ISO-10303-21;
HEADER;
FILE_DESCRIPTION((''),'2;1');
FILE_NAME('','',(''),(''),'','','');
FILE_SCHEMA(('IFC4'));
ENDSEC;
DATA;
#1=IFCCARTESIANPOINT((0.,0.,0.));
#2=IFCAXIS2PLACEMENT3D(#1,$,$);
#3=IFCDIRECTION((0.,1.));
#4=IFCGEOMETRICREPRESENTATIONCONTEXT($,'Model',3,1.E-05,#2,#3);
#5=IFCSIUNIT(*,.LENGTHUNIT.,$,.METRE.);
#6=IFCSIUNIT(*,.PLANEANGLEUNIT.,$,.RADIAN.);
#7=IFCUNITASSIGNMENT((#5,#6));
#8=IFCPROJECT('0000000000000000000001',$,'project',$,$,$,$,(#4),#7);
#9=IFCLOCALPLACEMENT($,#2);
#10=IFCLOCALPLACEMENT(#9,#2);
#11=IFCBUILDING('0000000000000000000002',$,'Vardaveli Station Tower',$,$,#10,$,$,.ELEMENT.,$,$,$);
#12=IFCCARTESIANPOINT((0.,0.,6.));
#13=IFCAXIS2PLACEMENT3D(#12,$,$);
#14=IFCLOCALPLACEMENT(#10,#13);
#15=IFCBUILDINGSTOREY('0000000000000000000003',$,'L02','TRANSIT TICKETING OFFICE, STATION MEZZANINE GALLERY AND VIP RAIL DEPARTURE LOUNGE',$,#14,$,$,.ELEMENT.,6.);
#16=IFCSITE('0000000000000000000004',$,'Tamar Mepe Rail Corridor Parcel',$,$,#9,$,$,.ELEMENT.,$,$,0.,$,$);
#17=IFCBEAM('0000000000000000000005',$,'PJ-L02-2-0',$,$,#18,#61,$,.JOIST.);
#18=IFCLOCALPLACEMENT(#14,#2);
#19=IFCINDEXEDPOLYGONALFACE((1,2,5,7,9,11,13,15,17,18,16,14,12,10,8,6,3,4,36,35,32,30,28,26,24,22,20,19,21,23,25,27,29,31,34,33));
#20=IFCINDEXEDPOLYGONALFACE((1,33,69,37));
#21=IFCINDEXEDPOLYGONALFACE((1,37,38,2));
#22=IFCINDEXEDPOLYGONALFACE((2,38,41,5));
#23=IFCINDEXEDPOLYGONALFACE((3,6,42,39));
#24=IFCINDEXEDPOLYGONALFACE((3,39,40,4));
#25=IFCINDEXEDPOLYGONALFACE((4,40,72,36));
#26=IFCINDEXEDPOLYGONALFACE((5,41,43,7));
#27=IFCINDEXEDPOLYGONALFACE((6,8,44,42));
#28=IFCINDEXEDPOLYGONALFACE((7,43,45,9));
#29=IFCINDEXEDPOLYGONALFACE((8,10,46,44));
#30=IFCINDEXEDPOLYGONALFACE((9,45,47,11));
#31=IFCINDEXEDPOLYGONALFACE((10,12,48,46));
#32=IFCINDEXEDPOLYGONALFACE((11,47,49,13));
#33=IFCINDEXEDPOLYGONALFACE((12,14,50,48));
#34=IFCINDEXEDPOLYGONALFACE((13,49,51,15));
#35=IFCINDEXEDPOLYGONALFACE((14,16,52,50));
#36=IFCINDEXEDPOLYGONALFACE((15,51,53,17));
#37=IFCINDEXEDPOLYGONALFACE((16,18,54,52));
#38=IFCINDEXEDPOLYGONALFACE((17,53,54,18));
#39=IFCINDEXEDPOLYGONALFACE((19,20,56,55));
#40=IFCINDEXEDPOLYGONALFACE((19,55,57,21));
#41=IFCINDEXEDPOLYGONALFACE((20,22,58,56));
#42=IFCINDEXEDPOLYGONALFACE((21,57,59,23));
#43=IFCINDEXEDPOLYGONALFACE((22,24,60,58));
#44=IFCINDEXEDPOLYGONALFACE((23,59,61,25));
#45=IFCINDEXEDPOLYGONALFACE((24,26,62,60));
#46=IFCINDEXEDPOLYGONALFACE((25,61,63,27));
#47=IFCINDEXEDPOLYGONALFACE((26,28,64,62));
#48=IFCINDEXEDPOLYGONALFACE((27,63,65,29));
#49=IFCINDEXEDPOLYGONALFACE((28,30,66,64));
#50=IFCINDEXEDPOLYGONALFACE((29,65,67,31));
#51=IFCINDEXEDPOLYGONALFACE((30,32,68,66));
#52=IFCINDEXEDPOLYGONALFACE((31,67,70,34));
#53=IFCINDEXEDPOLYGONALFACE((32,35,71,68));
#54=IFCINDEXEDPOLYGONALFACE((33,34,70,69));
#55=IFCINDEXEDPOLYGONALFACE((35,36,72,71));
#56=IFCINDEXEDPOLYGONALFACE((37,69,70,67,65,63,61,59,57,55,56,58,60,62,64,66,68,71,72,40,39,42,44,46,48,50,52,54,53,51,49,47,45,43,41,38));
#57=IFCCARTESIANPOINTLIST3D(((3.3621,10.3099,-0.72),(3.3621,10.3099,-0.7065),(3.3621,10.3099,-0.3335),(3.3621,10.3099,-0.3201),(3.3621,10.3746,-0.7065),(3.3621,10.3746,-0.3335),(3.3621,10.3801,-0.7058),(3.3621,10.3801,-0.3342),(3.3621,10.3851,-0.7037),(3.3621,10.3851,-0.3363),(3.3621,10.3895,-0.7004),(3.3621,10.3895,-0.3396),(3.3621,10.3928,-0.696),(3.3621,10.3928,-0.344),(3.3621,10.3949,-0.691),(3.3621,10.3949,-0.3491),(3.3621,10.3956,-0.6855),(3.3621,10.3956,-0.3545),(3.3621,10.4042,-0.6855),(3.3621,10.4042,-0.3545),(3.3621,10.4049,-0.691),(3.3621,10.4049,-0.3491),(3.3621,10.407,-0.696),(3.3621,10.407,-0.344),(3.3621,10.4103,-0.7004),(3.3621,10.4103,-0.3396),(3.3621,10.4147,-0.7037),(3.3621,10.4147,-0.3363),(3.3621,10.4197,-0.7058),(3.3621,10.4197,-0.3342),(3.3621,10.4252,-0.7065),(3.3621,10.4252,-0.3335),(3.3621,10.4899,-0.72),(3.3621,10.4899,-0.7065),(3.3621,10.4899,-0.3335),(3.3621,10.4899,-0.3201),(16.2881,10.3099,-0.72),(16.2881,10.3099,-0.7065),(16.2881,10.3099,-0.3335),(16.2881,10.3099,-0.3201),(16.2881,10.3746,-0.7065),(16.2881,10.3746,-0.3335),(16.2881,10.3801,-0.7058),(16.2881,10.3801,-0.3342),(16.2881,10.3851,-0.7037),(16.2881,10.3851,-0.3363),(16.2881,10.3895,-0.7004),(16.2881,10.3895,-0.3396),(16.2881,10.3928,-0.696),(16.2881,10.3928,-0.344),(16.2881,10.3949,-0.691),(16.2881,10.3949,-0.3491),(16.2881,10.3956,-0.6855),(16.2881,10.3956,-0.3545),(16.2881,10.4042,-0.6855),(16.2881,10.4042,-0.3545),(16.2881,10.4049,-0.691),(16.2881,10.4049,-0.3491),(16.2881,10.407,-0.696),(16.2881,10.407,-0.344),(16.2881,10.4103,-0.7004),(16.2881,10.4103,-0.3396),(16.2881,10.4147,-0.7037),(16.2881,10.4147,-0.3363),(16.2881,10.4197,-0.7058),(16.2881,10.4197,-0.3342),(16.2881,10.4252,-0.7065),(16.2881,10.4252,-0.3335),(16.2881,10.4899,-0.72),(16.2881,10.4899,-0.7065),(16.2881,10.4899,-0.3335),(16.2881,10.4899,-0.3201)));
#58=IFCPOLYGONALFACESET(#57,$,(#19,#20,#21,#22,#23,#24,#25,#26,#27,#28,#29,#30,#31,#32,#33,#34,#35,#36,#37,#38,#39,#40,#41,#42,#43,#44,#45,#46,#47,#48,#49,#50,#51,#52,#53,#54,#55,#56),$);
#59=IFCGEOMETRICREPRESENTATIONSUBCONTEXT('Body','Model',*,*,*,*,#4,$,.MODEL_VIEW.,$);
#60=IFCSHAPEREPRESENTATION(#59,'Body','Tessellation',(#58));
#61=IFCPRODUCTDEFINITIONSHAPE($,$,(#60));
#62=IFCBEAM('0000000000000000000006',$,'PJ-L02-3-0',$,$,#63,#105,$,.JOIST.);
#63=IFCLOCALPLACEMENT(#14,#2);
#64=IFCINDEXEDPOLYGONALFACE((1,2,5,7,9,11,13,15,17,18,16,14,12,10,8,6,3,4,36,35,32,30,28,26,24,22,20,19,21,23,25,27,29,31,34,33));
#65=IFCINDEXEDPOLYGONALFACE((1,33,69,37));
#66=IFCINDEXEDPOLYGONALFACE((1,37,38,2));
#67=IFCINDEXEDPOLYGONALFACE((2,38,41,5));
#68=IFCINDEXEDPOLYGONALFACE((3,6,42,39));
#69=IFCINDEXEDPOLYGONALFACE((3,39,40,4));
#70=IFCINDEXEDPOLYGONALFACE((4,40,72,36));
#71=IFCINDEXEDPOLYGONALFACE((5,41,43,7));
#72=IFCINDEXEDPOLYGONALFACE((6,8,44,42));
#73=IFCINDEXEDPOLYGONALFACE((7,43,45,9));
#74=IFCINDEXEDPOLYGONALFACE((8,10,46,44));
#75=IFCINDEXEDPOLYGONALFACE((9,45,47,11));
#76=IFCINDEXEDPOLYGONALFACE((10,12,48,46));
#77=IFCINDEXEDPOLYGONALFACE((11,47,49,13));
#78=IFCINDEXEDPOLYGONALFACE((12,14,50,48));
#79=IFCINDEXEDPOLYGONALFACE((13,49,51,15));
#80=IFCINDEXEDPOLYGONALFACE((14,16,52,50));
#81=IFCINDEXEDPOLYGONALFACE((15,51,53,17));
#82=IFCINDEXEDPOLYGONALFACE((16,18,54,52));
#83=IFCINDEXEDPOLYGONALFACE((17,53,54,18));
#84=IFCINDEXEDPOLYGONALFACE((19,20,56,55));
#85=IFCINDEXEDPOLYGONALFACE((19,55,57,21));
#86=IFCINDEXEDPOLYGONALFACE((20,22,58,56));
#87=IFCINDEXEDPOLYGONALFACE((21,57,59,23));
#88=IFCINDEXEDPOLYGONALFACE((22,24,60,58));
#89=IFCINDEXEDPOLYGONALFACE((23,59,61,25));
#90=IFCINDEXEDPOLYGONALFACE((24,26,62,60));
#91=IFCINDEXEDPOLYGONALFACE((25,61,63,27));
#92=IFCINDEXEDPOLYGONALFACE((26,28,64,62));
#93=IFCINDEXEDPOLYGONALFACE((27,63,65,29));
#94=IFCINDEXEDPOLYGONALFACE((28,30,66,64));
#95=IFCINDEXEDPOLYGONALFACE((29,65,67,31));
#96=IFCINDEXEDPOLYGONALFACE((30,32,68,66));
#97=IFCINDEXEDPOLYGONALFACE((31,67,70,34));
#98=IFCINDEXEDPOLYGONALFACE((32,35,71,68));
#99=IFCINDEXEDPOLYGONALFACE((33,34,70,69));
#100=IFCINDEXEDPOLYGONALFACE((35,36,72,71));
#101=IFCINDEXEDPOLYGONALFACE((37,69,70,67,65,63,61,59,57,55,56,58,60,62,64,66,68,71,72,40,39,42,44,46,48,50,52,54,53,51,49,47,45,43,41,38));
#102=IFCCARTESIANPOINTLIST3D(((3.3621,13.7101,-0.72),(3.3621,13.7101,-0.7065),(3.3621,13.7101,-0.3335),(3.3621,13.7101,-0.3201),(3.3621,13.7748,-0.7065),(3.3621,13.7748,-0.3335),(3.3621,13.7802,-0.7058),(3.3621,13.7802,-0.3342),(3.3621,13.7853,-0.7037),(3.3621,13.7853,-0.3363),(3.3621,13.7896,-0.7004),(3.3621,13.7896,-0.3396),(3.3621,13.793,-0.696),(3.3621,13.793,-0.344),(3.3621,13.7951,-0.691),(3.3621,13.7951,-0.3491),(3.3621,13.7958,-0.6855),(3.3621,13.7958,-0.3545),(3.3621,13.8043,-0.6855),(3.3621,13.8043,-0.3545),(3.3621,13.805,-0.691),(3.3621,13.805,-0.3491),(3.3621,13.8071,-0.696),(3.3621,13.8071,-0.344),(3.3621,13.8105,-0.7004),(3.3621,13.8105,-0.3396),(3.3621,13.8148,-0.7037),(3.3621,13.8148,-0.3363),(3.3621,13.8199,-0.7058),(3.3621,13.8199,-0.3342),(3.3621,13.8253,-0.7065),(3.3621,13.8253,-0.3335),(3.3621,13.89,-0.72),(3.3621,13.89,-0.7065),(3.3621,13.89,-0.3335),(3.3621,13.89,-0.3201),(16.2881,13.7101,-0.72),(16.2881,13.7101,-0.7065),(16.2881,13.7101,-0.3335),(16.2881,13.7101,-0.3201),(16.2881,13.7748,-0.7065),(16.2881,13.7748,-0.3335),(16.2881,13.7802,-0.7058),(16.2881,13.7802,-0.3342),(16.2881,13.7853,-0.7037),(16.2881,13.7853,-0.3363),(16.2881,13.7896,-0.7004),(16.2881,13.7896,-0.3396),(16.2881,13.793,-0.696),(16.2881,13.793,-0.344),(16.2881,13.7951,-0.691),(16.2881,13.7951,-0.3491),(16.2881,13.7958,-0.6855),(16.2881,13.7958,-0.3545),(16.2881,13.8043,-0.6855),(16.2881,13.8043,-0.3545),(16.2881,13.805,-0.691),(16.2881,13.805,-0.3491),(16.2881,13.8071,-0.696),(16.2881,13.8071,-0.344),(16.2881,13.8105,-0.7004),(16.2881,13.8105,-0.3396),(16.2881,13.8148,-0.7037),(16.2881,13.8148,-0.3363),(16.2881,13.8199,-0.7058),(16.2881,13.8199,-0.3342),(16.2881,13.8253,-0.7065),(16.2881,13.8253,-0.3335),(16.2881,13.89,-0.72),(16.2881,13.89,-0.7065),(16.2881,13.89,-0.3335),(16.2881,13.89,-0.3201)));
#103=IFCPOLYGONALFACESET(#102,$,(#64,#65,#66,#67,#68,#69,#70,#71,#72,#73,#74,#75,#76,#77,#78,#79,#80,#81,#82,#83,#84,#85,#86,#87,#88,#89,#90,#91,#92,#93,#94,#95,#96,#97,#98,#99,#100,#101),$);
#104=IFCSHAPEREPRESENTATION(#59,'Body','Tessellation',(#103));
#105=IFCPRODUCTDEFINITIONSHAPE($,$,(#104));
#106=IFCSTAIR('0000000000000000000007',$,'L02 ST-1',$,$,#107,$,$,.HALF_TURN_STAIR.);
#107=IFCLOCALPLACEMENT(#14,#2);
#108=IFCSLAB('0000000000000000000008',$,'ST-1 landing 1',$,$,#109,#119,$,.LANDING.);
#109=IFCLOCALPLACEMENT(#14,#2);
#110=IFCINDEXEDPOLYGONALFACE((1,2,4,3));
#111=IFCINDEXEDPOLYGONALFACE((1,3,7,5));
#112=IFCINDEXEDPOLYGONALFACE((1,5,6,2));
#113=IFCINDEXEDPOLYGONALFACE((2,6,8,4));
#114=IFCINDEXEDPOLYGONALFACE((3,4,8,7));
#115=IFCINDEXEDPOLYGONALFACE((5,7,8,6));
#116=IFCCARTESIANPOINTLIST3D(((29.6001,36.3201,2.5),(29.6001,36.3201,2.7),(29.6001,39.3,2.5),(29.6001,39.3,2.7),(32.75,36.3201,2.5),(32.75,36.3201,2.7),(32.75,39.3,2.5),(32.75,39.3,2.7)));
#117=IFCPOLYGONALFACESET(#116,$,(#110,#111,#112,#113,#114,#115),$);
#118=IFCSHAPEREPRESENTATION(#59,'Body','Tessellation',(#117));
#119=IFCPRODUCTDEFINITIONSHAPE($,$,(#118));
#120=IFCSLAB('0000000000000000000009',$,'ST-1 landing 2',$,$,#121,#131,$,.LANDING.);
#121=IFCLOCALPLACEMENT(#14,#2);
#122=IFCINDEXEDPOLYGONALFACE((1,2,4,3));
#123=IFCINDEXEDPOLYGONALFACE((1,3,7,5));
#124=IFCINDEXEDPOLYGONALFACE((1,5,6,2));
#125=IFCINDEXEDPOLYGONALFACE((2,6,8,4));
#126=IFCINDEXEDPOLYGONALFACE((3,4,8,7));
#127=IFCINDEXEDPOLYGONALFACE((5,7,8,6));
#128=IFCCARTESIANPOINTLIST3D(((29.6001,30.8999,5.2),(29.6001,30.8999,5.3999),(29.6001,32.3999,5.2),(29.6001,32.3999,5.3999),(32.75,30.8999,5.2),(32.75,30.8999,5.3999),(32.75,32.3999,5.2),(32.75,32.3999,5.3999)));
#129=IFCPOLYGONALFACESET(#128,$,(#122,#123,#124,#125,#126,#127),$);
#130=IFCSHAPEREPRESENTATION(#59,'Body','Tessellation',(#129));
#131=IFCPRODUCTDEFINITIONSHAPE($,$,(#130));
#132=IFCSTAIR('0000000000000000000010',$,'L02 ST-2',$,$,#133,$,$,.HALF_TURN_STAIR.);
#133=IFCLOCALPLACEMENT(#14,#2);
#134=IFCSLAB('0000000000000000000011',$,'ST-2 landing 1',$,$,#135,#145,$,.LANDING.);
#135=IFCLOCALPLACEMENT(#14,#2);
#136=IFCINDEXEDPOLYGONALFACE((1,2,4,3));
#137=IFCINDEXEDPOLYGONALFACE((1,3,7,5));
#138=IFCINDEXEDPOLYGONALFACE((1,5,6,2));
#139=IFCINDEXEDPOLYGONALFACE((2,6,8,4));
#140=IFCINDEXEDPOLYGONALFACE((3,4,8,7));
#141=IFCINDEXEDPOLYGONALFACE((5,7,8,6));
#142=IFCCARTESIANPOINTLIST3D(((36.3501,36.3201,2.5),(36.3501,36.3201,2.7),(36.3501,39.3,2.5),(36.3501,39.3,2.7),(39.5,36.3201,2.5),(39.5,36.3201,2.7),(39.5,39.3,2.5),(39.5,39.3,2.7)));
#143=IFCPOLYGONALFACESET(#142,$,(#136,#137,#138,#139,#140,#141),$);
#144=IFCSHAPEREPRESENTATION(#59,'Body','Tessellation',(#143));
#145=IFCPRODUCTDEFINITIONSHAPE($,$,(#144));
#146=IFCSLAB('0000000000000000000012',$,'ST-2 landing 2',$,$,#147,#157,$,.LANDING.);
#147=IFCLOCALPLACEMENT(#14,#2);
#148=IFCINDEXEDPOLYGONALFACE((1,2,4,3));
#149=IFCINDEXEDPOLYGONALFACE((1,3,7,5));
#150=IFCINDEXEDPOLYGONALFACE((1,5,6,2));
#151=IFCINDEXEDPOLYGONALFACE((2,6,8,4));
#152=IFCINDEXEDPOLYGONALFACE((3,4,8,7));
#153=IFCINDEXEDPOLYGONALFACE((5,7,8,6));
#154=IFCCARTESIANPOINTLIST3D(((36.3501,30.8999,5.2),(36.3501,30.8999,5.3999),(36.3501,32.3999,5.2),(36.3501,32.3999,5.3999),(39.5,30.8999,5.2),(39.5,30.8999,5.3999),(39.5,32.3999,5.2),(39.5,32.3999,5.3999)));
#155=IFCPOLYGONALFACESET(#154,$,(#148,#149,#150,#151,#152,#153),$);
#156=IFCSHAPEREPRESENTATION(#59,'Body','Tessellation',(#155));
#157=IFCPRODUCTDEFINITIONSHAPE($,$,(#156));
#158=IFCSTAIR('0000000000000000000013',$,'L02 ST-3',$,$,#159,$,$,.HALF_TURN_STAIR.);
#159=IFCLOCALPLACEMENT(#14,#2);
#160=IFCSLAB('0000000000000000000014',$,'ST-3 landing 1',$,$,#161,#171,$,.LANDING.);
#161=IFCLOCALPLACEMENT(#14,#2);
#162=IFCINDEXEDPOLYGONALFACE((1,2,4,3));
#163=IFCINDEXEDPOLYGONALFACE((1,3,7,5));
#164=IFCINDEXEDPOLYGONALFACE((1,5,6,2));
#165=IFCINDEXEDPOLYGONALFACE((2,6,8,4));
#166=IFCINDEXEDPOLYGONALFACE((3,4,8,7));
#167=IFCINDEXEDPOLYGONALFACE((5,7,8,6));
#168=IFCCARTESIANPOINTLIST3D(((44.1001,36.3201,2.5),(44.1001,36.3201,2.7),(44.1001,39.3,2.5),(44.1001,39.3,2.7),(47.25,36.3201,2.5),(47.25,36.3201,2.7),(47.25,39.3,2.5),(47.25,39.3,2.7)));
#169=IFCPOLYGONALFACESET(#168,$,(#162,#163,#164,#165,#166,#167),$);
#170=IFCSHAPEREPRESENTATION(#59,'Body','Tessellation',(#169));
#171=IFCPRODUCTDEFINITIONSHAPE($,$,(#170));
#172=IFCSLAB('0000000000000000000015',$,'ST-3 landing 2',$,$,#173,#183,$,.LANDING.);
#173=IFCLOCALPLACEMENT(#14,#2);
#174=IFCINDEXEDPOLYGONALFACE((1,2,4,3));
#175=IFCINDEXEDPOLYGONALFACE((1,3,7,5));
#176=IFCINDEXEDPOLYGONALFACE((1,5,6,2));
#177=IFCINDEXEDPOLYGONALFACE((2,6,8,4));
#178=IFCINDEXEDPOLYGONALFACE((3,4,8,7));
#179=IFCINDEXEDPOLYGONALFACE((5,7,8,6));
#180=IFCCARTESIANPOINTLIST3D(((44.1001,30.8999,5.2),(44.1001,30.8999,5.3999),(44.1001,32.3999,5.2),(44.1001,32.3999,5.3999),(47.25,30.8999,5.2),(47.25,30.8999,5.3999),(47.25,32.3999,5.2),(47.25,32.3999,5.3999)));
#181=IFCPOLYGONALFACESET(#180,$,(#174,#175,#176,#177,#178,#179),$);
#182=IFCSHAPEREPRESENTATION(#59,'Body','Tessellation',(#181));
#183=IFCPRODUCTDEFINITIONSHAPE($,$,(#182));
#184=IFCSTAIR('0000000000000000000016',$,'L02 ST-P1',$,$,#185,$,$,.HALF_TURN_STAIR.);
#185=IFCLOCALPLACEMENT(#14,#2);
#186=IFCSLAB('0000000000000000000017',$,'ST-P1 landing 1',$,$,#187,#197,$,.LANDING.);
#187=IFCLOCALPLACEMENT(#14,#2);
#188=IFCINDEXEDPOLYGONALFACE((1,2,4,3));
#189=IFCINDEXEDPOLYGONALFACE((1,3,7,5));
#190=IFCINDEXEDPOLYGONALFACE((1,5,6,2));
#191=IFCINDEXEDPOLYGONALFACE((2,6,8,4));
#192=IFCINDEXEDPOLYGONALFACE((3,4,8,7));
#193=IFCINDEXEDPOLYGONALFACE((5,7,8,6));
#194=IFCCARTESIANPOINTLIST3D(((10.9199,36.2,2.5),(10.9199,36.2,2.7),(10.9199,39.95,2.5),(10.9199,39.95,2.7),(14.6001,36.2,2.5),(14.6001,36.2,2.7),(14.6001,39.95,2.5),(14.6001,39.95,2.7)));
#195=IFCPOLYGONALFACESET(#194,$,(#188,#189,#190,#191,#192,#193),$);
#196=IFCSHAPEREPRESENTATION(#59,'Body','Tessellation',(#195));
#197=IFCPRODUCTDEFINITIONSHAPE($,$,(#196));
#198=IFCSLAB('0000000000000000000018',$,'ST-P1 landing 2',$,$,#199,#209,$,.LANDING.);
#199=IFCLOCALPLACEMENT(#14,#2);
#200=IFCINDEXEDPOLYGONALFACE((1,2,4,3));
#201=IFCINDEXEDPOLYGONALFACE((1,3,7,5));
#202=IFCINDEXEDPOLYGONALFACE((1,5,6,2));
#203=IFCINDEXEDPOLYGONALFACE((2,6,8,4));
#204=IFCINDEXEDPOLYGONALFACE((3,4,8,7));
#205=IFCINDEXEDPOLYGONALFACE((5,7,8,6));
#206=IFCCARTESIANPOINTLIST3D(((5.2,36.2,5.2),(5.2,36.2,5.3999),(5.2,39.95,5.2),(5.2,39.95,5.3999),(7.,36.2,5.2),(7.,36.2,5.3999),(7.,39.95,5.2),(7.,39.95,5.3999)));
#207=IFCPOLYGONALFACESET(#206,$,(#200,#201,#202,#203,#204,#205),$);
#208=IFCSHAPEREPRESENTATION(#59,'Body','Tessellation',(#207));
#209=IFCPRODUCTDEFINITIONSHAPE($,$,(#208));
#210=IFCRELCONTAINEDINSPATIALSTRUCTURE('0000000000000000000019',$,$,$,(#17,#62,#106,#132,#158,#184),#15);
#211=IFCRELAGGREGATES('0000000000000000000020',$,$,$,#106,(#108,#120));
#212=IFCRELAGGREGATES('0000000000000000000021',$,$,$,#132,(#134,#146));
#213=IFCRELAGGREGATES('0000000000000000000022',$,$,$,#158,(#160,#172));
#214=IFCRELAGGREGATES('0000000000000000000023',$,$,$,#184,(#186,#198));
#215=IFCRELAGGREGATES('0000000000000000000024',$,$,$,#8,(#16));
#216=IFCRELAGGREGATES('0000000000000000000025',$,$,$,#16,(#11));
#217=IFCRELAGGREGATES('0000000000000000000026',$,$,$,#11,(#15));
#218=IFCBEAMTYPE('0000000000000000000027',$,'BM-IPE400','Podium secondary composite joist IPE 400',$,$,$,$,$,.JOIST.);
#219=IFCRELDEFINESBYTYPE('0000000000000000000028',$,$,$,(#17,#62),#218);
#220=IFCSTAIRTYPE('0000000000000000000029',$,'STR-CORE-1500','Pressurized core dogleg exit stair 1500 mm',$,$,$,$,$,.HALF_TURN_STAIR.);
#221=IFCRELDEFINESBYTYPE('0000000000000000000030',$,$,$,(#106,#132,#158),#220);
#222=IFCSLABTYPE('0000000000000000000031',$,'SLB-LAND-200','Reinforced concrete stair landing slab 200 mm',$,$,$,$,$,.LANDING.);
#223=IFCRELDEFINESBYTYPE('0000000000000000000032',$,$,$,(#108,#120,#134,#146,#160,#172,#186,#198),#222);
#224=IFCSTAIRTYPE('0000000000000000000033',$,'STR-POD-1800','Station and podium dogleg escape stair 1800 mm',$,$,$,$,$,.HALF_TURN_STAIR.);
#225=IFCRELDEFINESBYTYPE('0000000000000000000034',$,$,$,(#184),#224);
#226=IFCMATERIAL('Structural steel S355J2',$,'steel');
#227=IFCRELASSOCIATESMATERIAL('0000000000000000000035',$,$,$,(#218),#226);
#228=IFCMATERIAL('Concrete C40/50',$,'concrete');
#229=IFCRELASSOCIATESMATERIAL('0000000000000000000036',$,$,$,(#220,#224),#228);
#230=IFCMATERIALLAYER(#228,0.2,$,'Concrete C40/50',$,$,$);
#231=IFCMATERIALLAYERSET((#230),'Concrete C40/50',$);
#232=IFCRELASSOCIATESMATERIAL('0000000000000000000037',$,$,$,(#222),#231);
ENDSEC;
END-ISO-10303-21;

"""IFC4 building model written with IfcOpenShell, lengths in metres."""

from ifc_helpers import new_model, si_unit, direction, frame, origin, origin_2d, place, context, subcontext, project, spatial, polyline, i_section, outline, extrude, source, transform, mapped, material, layer, layer_set, material_profile, profile_set, type_object, element, aggregate, save


model = new_model("IFC4")

# Units and contexts
model_context = context("Model", 3, precision=1e-05, world=origin(), true_north=direction((0.0, 1.0)))
body_context = subcontext(model_context, "Body", "Model", "MODEL_VIEW")
ifc_project = project(units=[si_unit("LENGTHUNIT", "METRE"), si_unit("PLANEANGLEUNIT", "RADIAN")], contexts=[model_context])

# Site, building, storey
site_placement = place(None, origin())
site = spatial("IfcSite", under=ifc_project, at=site_placement, Name="Tamar Mepe Rail Corridor Parcel", CompositionType="ELEMENT", RefElevation=0.0)
building_placement = place(site_placement, origin())
building = spatial("IfcBuilding", under=site, at=building_placement, Name="Vardaveli Station Tower", CompositionType="ELEMENT")
storey_placement = place(building_placement, frame((0.0, 0.0, 6.0)))
storey = spatial("IfcBuildingStorey", under=building, at=storey_placement, Name="L02", Description="TRANSIT TICKETING OFFICE, STATION MEZZANINE GALLERY AND VIP RAIL DEPARTURE LOUNGE", CompositionType="ELEMENT", Elevation=6.0)

# Beams
ifc_material_1 = material(Name="Structural steel S355J2", Category="steel")
ifc_material_profile_1 = material_profile(ifc_material_1, i_section(OverallWidth=0.1799, OverallDepth=0.3999, WebThickness=0.0085, FlangeThickness=0.0134, FilletRadius=0.021, at=origin_2d()), Name="IPE 400")
ifc_profile_set_1 = profile_set([ifc_material_profile_1], Name="Structural steel S355J2")
beam_type_1 = type_object("IfcBeamType", Name="BM-IPE400", Description="Podium secondary composite joist IPE 400", PredefinedType="JOIST", material=ifc_profile_set_1)
shared_shape_1 = source(origin(), body_context, "Body", "SweptSolid", [
    extrude(i_section(OverallWidth=0.1799, OverallDepth=0.3999, WebThickness=0.0085, FlangeThickness=0.0134, FilletRadius=0.021, at=origin_2d()), origin(), (0.0, 0.0, 1.0), 12.926),
])
for number, where, z_axis, x_axis, name in (
    (1, (3.3621, 10.3999, -0.52), (1.0, 0.0, 0.0), (0.0, 1.0, 0.0), "PJ-L02-2-0"),
    (2, (3.3621, 13.8, -0.52), (1.0, 0.0, 0.0), (0.0, 1.0, 0.0), "PJ-L02-3-0"),
):
    element("IfcBeam", number, at=place(storey_placement, frame(where, z_axis=z_axis, x_axis=x_axis)), inside=storey, type_object=beam_type_1, Name=name, PredefinedType="JOIST", context=body_context, shape_type="MappedRepresentation", body=[
        mapped(shared_shape_1, transform((0.0, 0.0, 0.0), scale=1.0)),
    ])

# Stairs, slabs
ifc_material_2 = material(Name="Concrete C40/50", Category="concrete")
stair_type_1 = type_object("IfcStairType", Name="STR-CORE-1500", Description="Pressurized core dogleg exit stair 1500 mm", PredefinedType="HALF_TURN_STAIR", material=ifc_material_2)
stair_1_placement = place(storey_placement, origin())
stair_1 = element("IfcStair", 3, at=stair_1_placement, inside=storey, type_object=stair_type_1, Name="L02 ST-1", PredefinedType="HALF_TURN_STAIR")
ifc_layer_1 = layer(ifc_material_2, 0.2, Name="Concrete C40/50")
ifc_layer_set_1 = layer_set([ifc_layer_1], Name="Concrete C40/50")
slab_type_1 = type_object("IfcSlabType", Name="SLB-LAND-200", Description="Reinforced concrete stair landing slab 200 mm", PredefinedType="LANDING", material=ifc_layer_set_1)
slab_1_placement = place(storey_placement, frame((0.0, 0.0, 2.5)))
slab_1 = element("IfcSlab", 4, at=slab_1_placement, type_object=slab_type_1, Name="ST-1 landing 1", PredefinedType="LANDING", context=body_context, shape_type="SweptSolid", body=[
    extrude(outline(polyline([(32.75, 36.3201), (32.75, 39.3), (29.6001, 39.3), (29.6001, 36.3201), (32.75, 36.3201)])), origin(), (0.0, 0.0, 1.0), 0.2),
])
slab_2_placement = place(storey_placement, frame((0.0, 0.0, 5.2)))
slab_2 = element("IfcSlab", 5, at=slab_2_placement, type_object=slab_type_1, Name="ST-1 landing 2", PredefinedType="LANDING", context=body_context, shape_type="SweptSolid", body=[
    extrude(outline(polyline([(32.75, 30.8999), (32.75, 32.3999), (29.6001, 32.3999), (29.6001, 30.8999), (32.75, 30.8999)])), origin(), (0.0, 0.0, 1.0), 0.2),
])
aggregate(stair_1, [slab_1, slab_2])
stair_2_placement = place(storey_placement, origin())
stair_2 = element("IfcStair", 6, at=stair_2_placement, inside=storey, type_object=stair_type_1, Name="L02 ST-2", PredefinedType="HALF_TURN_STAIR")
slab_3_placement = place(storey_placement, frame((0.0, 0.0, 2.5)))
slab_3 = element("IfcSlab", 7, at=slab_3_placement, type_object=slab_type_1, Name="ST-2 landing 1", PredefinedType="LANDING", context=body_context, shape_type="SweptSolid", body=[
    extrude(outline(polyline([(39.5, 36.3201), (39.5, 39.3), (36.3501, 39.3), (36.3501, 36.3201), (39.5, 36.3201)])), origin(), (0.0, 0.0, 1.0), 0.2),
])
slab_4_placement = place(storey_placement, frame((0.0, 0.0, 5.2)))
slab_4 = element("IfcSlab", 8, at=slab_4_placement, type_object=slab_type_1, Name="ST-2 landing 2", PredefinedType="LANDING", context=body_context, shape_type="SweptSolid", body=[
    extrude(outline(polyline([(39.5, 30.8999), (39.5, 32.3999), (36.3501, 32.3999), (36.3501, 30.8999), (39.5, 30.8999)])), origin(), (0.0, 0.0, 1.0), 0.2),
])
aggregate(stair_2, [slab_3, slab_4])
stair_3_placement = place(storey_placement, origin())
stair_3 = element("IfcStair", 9, at=stair_3_placement, inside=storey, type_object=stair_type_1, Name="L02 ST-3", PredefinedType="HALF_TURN_STAIR")
slab_5_placement = place(storey_placement, frame((0.0, 0.0, 2.5)))
slab_5 = element("IfcSlab", 10, at=slab_5_placement, type_object=slab_type_1, Name="ST-3 landing 1", PredefinedType="LANDING", context=body_context, shape_type="SweptSolid", body=[
    extrude(outline(polyline([(47.25, 36.3201), (47.25, 39.3), (44.1001, 39.3), (44.1001, 36.3201), (47.25, 36.3201)])), origin(), (0.0, 0.0, 1.0), 0.2),
])
slab_6_placement = place(storey_placement, frame((0.0, 0.0, 5.2)))
slab_6 = element("IfcSlab", 11, at=slab_6_placement, type_object=slab_type_1, Name="ST-3 landing 2", PredefinedType="LANDING", context=body_context, shape_type="SweptSolid", body=[
    extrude(outline(polyline([(47.25, 30.8999), (47.25, 32.3999), (44.1001, 32.3999), (44.1001, 30.8999), (47.25, 30.8999)])), origin(), (0.0, 0.0, 1.0), 0.2),
])
aggregate(stair_3, [slab_5, slab_6])
stair_type_2 = type_object("IfcStairType", Name="STR-POD-1800", Description="Station and podium dogleg escape stair 1800 mm", PredefinedType="HALF_TURN_STAIR", material=ifc_material_2)
stair_4_placement = place(storey_placement, origin())
stair_4 = element("IfcStair", 12, at=stair_4_placement, inside=storey, type_object=stair_type_2, Name="L02 ST-P1", PredefinedType="HALF_TURN_STAIR")
slab_7_placement = place(storey_placement, frame((0.0, 0.0, 2.5)))
slab_7 = element("IfcSlab", 13, at=slab_7_placement, type_object=slab_type_1, Name="ST-P1 landing 1", PredefinedType="LANDING", context=body_context, shape_type="SweptSolid", body=[
    extrude(outline(polyline([(10.9199, 36.2), (14.6001, 36.2), (14.6001, 39.95), (10.9199, 39.95), (10.9199, 36.2)])), origin(), (0.0, 0.0, 1.0), 0.2),
])
slab_8_placement = place(storey_placement, frame((0.0, 0.0, 5.2)))
slab_8 = element("IfcSlab", 14, at=slab_8_placement, type_object=slab_type_1, Name="ST-P1 landing 2", PredefinedType="LANDING", context=body_context, shape_type="SweptSolid", body=[
    extrude(outline(polyline([(5.2, 36.2), (7.0, 36.2), (7.0, 39.95), (5.2, 39.95), (5.2, 36.2)])), origin(), (0.0, 0.0, 1.0), 0.2),
])
aggregate(stair_4, [slab_7, slab_8])

save(model, "model.ifc")
